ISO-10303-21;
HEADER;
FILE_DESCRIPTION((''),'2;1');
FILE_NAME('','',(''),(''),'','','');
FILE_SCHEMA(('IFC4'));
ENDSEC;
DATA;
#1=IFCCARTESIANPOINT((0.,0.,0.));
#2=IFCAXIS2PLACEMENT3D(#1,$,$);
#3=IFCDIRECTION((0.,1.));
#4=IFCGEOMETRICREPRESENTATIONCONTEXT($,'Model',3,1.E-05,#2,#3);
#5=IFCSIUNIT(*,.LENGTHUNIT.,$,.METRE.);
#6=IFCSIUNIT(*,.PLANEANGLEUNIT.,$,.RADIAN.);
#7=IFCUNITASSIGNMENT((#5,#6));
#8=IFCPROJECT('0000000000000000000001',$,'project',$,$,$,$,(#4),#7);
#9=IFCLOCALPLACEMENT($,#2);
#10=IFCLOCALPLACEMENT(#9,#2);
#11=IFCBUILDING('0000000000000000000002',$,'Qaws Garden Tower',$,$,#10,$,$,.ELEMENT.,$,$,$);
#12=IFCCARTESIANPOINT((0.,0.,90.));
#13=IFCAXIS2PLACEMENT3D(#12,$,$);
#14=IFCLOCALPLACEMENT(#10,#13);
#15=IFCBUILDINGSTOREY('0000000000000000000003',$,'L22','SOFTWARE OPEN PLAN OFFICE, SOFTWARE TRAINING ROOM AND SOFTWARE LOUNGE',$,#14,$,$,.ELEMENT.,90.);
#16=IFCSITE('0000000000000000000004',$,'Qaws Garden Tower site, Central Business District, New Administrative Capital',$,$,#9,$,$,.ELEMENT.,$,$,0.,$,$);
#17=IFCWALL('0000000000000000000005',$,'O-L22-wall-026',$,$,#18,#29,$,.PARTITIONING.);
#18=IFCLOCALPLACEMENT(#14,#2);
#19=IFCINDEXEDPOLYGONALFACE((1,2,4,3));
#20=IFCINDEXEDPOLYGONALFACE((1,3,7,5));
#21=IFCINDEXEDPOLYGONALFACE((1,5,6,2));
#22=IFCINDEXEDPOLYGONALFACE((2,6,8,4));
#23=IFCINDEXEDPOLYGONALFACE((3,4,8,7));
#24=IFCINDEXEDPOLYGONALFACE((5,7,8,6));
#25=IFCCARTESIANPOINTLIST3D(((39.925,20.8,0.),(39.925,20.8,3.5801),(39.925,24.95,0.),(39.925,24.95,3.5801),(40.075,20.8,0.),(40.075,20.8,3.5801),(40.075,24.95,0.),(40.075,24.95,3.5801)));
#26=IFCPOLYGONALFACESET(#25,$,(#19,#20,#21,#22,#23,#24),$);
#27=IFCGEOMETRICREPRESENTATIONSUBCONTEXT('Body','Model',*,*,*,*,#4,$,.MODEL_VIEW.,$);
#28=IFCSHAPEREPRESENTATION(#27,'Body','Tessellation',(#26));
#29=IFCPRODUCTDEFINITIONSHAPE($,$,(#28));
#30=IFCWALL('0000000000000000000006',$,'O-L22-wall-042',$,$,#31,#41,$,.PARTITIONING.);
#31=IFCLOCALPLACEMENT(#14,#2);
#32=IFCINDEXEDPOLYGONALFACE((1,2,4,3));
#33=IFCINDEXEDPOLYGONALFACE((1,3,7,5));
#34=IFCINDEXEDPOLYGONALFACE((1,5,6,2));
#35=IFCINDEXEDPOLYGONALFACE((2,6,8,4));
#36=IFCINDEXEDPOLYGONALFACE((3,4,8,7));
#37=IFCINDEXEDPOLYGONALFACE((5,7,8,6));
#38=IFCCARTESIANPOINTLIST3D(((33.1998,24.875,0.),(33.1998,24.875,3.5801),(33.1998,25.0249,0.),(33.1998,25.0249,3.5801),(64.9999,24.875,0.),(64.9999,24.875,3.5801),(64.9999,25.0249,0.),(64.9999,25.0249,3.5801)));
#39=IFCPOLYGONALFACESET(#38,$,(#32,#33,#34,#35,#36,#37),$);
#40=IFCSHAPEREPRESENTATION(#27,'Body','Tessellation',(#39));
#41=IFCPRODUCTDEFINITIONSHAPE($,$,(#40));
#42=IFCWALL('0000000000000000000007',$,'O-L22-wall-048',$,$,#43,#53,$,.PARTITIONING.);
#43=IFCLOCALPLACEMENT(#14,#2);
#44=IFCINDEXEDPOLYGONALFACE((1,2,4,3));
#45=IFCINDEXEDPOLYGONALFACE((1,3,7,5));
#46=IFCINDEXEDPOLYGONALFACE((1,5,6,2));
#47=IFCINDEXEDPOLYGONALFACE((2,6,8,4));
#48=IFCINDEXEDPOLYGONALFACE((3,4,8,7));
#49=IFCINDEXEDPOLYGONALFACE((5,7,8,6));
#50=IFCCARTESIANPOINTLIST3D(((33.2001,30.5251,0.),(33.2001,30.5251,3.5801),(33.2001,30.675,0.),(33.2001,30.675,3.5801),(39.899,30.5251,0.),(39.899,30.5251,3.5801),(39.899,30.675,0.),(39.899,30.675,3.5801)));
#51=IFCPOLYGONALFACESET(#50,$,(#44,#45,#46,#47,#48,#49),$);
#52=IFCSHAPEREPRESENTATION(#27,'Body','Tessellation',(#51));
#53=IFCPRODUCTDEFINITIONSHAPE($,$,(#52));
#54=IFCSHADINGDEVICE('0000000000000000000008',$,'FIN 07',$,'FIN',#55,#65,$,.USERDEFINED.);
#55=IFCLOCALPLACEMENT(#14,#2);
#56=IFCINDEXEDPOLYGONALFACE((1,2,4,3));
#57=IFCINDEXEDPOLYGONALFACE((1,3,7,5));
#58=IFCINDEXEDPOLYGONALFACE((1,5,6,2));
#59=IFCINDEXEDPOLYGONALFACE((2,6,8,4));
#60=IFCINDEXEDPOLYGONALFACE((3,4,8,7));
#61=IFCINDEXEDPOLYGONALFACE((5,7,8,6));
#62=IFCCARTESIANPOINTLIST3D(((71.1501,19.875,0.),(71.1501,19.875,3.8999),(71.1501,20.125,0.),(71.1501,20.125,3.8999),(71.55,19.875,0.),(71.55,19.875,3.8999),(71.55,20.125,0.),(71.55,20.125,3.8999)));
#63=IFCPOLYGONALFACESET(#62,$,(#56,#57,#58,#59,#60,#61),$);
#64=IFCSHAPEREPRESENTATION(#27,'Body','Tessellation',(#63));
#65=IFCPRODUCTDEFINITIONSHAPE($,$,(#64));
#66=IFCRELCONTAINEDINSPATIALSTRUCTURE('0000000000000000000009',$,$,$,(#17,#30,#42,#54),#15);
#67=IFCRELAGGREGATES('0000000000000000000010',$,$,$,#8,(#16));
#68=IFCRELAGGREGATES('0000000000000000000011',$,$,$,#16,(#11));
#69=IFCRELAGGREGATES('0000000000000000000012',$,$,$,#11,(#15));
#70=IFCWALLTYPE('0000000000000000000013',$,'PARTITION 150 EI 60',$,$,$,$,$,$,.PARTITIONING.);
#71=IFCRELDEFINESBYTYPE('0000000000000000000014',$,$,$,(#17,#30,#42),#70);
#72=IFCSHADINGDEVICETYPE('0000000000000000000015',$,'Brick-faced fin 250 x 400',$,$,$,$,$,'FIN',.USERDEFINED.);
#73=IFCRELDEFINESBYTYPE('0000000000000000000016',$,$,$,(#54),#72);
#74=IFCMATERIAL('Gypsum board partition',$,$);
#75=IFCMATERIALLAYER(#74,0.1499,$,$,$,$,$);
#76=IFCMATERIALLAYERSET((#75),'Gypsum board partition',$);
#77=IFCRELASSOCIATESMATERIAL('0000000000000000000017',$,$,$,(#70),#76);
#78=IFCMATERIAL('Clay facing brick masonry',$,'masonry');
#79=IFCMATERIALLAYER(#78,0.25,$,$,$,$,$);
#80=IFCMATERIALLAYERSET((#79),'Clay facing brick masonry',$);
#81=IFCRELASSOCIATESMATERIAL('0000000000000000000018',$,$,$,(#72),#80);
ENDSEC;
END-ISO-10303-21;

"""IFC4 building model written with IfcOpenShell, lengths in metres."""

from ifc_helpers import new_model, si_unit, direction, frame, frame_2d, origin, origin_2d, place, context, subcontext, project, spatial, rectangle, extrude, material, layer, layer_set, type_object, element, save


model = new_model("IFC4")

# Units and contexts
model_context = context("Model", 3, precision=1e-05, world=origin(), true_north=direction((0.0, 1.0)))
body_context = subcontext(model_context, "Body", "Model", "MODEL_VIEW")
ifc_project = project(units=[si_unit("LENGTHUNIT", "METRE"), si_unit("PLANEANGLEUNIT", "RADIAN")], contexts=[model_context])

# Site, building, storey
site_placement = place(None, origin())
site = spatial("IfcSite", under=ifc_project, at=site_placement, Name="Qaws Garden Tower site, Central Business District, New Administrative Capital", CompositionType="ELEMENT", RefElevation=0.0)
building_placement = place(site_placement, origin())
building = spatial("IfcBuilding", under=site, at=building_placement, Name="Qaws Garden Tower", CompositionType="ELEMENT")
storey_placement = place(building_placement, frame((0.0, 0.0, 90.0)))
storey = spatial("IfcBuildingStorey", under=building, at=storey_placement, Name="L22", Description="SOFTWARE OPEN PLAN OFFICE, SOFTWARE TRAINING ROOM AND SOFTWARE LOUNGE", CompositionType="ELEMENT", Elevation=90.0)

# Walls
ifc_material_1 = material(Name="Gypsum board partition")
ifc_layer_1 = layer(ifc_material_1, 0.1499)
ifc_layer_set_1 = layer_set([ifc_layer_1], Name="Gypsum board partition")
wall_type = type_object("IfcWallType", Name="PARTITION 150 EI 60", PredefinedType="PARTITIONING", material=ifc_layer_set_1)
wall_1_placement = place(storey_placement, frame((40.0, 20.8, 0.0), z_axis=(0.0, 0.0, 1.0), x_axis=(0.0, 1.0, 0.0)))
element("IfcWall", 1, at=wall_1_placement, inside=storey, type_object=wall_type, Name="O-L22-wall-026", PredefinedType="PARTITIONING", context=body_context, shape_type="SweptSolid", body=[
    extrude(rectangle(XDim=4.1499, YDim=0.1499, at=frame_2d((2.075, 0.0))), origin(), (0.0, 0.0, 1.0), 3.5801),
])
wall_2_placement = place(storey_placement, frame((33.2, 24.95, 0.0), z_axis=(0.0, 0.0, 1.0), x_axis=(1.0, 0.0, 0.0)))
element("IfcWall", 2, at=wall_2_placement, inside=storey, type_object=wall_type, Name="O-L22-wall-042", PredefinedType="PARTITIONING", context=body_context, shape_type="SweptSolid", body=[
    extrude(rectangle(XDim=31.8, YDim=0.1499, at=frame_2d((15.8999, 0.0))), origin(), (0.0, 0.0, 1.0), 3.5801),
])
wall_3_placement = place(storey_placement, frame((33.2, 30.6001, 0.0), z_axis=(0.0, 0.0, 1.0), x_axis=(1.0, 0.0, 0.0)))
element("IfcWall", 3, at=wall_3_placement, inside=storey, type_object=wall_type, Name="O-L22-wall-048", PredefinedType="PARTITIONING", context=body_context, shape_type="SweptSolid", body=[
    extrude(rectangle(XDim=6.699, YDim=0.1499, at=frame_2d((3.3496, 0.0))), origin(), (0.0, 0.0, 1.0), 3.5801),
])

# Shading device
ifc_material_2 = material(Name="Clay facing brick masonry", Category="masonry")
ifc_layer_2 = layer(ifc_material_2, 0.25)
ifc_layer_set_2 = layer_set([ifc_layer_2], Name="Clay facing brick masonry")
shading_device_type = type_object("IfcShadingDeviceType", Name="Brick-faced fin 250 x 400", ElementType="FIN", PredefinedType="USERDEFINED", material=ifc_layer_set_2)
shading_device_placement = place(storey_placement, frame((71.3501, 20.0, 0.0), z_axis=(0.0, 0.0, 1.0), x_axis=(0.0, 1.0, 0.0)))
element("IfcShadingDevice", 4, at=shading_device_placement, inside=storey, type_object=shading_device_type, Name="FIN 07", ObjectType="FIN", PredefinedType="USERDEFINED", context=body_context, shape_type="SweptSolid", body=[
    extrude(rectangle(XDim=0.25, YDim=0.3999, at=origin_2d()), origin(), (0.0, 0.0, 1.0), 3.8999),
])

save(model, "model.ifc")
